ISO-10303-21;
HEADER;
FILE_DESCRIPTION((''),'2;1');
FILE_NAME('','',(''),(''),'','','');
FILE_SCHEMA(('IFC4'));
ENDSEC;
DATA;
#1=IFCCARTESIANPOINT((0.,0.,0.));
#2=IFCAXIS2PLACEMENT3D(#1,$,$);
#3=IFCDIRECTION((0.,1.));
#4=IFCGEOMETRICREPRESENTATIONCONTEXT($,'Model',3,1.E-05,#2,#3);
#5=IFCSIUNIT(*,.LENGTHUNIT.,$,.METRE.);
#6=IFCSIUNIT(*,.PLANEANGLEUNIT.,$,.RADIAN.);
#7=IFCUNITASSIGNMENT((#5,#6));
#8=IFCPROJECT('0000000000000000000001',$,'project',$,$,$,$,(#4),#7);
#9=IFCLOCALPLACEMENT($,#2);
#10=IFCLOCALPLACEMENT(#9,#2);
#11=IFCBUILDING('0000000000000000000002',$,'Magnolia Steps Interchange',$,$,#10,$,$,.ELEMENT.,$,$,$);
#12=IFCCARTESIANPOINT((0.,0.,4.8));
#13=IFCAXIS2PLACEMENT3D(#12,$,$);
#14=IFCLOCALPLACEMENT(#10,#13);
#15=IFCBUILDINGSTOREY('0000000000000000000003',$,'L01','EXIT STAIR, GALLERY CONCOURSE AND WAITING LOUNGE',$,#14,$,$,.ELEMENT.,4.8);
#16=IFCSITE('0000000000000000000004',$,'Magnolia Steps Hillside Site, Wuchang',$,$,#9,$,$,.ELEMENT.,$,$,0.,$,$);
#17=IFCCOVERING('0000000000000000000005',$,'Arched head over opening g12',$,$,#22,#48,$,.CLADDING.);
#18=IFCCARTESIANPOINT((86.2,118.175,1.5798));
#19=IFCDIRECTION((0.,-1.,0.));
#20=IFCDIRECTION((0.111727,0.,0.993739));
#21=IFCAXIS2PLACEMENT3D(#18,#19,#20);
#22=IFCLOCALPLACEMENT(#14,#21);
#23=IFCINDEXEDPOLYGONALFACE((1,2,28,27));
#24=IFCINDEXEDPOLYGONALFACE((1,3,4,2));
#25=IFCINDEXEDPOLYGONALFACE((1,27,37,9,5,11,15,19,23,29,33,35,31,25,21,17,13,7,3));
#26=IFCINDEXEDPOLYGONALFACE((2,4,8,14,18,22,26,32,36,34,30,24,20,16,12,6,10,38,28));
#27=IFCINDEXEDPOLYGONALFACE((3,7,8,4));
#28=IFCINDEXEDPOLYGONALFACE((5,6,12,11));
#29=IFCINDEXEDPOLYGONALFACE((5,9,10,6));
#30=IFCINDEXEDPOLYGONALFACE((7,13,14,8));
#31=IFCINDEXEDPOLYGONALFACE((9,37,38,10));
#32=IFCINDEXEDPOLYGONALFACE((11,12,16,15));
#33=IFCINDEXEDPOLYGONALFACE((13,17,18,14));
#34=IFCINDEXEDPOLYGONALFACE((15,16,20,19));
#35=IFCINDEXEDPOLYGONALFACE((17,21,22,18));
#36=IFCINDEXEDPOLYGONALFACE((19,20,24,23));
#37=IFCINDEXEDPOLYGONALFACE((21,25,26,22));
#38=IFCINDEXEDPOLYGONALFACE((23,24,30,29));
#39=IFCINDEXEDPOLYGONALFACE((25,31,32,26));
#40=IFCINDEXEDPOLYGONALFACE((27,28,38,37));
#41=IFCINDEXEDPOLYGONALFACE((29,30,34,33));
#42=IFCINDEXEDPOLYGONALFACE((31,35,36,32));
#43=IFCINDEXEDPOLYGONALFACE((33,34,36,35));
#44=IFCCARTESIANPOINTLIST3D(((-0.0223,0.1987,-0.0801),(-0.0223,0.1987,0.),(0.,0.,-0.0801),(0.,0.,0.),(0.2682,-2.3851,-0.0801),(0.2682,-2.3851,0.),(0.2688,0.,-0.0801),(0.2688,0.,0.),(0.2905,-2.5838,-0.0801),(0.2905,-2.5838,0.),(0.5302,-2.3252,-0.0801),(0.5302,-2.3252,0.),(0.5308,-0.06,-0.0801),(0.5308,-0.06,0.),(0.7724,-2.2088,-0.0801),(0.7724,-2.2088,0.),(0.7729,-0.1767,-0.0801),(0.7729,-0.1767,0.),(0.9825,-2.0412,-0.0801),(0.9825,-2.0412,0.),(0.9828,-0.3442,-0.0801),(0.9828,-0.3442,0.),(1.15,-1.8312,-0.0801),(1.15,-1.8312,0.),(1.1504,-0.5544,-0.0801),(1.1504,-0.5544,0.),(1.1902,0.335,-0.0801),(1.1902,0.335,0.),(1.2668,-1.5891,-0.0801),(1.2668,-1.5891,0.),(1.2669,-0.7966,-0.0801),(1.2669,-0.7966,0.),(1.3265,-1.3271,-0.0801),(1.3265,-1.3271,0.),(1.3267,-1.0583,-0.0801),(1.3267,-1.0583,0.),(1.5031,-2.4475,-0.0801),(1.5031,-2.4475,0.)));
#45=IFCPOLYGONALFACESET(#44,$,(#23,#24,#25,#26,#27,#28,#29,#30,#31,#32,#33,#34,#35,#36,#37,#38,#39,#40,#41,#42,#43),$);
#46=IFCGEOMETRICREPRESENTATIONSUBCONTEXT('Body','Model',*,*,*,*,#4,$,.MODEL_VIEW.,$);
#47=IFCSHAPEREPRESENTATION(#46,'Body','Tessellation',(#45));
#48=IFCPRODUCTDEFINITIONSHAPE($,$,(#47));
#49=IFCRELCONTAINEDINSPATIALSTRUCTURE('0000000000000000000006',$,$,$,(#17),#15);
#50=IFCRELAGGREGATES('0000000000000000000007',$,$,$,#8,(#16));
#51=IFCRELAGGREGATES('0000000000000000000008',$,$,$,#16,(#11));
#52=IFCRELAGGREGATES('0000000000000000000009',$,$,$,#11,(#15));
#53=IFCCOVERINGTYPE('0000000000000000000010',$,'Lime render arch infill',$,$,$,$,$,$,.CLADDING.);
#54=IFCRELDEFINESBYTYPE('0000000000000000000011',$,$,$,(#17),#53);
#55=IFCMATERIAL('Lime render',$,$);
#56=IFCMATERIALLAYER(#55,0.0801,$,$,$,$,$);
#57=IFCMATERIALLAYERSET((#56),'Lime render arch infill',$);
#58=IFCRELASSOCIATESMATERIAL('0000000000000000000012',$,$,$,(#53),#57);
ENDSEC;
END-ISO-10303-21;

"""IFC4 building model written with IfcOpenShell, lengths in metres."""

from ifc_helpers import new_model, si_unit, direction, frame, origin, place, context, subcontext, project, spatial, polyline, outline, extrude, material, layer, layer_set, type_object, element, save


model = new_model("IFC4")

# Units and contexts
model_context = context("Model", 3, precision=1e-05, world=origin(), true_north=direction((0.0, 1.0)))
body_context = subcontext(model_context, "Body", "Model", "MODEL_VIEW")
ifc_project = project(units=[si_unit("LENGTHUNIT", "METRE"), si_unit("PLANEANGLEUNIT", "RADIAN")], contexts=[model_context])

# Site, building, storey
site_placement = place(None, origin())
site = spatial("IfcSite", under=ifc_project, at=site_placement, Name="Magnolia Steps Hillside Site, Wuchang", CompositionType="ELEMENT", RefElevation=0.0)
building_placement = place(site_placement, origin())
building = spatial("IfcBuilding", under=site, at=building_placement, Name="Magnolia Steps Interchange", CompositionType="ELEMENT")
storey_placement = place(building_placement, frame((0.0, 0.0, 4.8)))
storey = spatial("IfcBuildingStorey", under=building, at=storey_placement, Name="L01", Description="EXIT STAIR, GALLERY CONCOURSE AND WAITING LOUNGE", CompositionType="ELEMENT", Elevation=4.8)

# Covering
ifc_material_1 = material(Name="Lime render")
ifc_layer_1 = layer(ifc_material_1, 0.0801)
ifc_layer_set_1 = layer_set([ifc_layer_1], Name="Lime render arch infill")
covering_type_1 = type_object("IfcCoveringType", Name="Lime render arch infill", PredefinedType="CLADDING", material=ifc_layer_set_1)
covering_placement = place(storey_placement, frame((86.2, 118.175, 1.5798), z_axis=(0.0, -1.0, 0.0), x_axis=(0.111727, 0.0, 0.993739)))
element("IfcCovering", 1, at=covering_placement, inside=storey, type_object=covering_type_1, Name="Arched head over opening g12", PredefinedType="CLADDING", context=body_context, shape_type="SweptSolid", body=[
    extrude(outline(polyline([(0.0, 0.0), (0.2688, 0.0), (0.5308, -0.06), (0.7729, -0.1767), (0.9828, -0.3442), (1.1504, -0.5544), (1.2669, -0.7966), (1.3267, -1.0583), (1.3265, -1.3271), (1.2668, -1.5891), (1.15, -1.8312), (0.9825, -2.0412), (0.7724, -2.2088), (0.5302, -2.3252), (0.2682, -2.3851), (0.2905, -2.5838), (1.5031, -2.4475), (1.1902, 0.335), (-0.0223, 0.1987), (0.0, 0.0)])), origin(), (0.0, 0.0, -1.0), 0.0801),
])

save(model, "model.ifc")
